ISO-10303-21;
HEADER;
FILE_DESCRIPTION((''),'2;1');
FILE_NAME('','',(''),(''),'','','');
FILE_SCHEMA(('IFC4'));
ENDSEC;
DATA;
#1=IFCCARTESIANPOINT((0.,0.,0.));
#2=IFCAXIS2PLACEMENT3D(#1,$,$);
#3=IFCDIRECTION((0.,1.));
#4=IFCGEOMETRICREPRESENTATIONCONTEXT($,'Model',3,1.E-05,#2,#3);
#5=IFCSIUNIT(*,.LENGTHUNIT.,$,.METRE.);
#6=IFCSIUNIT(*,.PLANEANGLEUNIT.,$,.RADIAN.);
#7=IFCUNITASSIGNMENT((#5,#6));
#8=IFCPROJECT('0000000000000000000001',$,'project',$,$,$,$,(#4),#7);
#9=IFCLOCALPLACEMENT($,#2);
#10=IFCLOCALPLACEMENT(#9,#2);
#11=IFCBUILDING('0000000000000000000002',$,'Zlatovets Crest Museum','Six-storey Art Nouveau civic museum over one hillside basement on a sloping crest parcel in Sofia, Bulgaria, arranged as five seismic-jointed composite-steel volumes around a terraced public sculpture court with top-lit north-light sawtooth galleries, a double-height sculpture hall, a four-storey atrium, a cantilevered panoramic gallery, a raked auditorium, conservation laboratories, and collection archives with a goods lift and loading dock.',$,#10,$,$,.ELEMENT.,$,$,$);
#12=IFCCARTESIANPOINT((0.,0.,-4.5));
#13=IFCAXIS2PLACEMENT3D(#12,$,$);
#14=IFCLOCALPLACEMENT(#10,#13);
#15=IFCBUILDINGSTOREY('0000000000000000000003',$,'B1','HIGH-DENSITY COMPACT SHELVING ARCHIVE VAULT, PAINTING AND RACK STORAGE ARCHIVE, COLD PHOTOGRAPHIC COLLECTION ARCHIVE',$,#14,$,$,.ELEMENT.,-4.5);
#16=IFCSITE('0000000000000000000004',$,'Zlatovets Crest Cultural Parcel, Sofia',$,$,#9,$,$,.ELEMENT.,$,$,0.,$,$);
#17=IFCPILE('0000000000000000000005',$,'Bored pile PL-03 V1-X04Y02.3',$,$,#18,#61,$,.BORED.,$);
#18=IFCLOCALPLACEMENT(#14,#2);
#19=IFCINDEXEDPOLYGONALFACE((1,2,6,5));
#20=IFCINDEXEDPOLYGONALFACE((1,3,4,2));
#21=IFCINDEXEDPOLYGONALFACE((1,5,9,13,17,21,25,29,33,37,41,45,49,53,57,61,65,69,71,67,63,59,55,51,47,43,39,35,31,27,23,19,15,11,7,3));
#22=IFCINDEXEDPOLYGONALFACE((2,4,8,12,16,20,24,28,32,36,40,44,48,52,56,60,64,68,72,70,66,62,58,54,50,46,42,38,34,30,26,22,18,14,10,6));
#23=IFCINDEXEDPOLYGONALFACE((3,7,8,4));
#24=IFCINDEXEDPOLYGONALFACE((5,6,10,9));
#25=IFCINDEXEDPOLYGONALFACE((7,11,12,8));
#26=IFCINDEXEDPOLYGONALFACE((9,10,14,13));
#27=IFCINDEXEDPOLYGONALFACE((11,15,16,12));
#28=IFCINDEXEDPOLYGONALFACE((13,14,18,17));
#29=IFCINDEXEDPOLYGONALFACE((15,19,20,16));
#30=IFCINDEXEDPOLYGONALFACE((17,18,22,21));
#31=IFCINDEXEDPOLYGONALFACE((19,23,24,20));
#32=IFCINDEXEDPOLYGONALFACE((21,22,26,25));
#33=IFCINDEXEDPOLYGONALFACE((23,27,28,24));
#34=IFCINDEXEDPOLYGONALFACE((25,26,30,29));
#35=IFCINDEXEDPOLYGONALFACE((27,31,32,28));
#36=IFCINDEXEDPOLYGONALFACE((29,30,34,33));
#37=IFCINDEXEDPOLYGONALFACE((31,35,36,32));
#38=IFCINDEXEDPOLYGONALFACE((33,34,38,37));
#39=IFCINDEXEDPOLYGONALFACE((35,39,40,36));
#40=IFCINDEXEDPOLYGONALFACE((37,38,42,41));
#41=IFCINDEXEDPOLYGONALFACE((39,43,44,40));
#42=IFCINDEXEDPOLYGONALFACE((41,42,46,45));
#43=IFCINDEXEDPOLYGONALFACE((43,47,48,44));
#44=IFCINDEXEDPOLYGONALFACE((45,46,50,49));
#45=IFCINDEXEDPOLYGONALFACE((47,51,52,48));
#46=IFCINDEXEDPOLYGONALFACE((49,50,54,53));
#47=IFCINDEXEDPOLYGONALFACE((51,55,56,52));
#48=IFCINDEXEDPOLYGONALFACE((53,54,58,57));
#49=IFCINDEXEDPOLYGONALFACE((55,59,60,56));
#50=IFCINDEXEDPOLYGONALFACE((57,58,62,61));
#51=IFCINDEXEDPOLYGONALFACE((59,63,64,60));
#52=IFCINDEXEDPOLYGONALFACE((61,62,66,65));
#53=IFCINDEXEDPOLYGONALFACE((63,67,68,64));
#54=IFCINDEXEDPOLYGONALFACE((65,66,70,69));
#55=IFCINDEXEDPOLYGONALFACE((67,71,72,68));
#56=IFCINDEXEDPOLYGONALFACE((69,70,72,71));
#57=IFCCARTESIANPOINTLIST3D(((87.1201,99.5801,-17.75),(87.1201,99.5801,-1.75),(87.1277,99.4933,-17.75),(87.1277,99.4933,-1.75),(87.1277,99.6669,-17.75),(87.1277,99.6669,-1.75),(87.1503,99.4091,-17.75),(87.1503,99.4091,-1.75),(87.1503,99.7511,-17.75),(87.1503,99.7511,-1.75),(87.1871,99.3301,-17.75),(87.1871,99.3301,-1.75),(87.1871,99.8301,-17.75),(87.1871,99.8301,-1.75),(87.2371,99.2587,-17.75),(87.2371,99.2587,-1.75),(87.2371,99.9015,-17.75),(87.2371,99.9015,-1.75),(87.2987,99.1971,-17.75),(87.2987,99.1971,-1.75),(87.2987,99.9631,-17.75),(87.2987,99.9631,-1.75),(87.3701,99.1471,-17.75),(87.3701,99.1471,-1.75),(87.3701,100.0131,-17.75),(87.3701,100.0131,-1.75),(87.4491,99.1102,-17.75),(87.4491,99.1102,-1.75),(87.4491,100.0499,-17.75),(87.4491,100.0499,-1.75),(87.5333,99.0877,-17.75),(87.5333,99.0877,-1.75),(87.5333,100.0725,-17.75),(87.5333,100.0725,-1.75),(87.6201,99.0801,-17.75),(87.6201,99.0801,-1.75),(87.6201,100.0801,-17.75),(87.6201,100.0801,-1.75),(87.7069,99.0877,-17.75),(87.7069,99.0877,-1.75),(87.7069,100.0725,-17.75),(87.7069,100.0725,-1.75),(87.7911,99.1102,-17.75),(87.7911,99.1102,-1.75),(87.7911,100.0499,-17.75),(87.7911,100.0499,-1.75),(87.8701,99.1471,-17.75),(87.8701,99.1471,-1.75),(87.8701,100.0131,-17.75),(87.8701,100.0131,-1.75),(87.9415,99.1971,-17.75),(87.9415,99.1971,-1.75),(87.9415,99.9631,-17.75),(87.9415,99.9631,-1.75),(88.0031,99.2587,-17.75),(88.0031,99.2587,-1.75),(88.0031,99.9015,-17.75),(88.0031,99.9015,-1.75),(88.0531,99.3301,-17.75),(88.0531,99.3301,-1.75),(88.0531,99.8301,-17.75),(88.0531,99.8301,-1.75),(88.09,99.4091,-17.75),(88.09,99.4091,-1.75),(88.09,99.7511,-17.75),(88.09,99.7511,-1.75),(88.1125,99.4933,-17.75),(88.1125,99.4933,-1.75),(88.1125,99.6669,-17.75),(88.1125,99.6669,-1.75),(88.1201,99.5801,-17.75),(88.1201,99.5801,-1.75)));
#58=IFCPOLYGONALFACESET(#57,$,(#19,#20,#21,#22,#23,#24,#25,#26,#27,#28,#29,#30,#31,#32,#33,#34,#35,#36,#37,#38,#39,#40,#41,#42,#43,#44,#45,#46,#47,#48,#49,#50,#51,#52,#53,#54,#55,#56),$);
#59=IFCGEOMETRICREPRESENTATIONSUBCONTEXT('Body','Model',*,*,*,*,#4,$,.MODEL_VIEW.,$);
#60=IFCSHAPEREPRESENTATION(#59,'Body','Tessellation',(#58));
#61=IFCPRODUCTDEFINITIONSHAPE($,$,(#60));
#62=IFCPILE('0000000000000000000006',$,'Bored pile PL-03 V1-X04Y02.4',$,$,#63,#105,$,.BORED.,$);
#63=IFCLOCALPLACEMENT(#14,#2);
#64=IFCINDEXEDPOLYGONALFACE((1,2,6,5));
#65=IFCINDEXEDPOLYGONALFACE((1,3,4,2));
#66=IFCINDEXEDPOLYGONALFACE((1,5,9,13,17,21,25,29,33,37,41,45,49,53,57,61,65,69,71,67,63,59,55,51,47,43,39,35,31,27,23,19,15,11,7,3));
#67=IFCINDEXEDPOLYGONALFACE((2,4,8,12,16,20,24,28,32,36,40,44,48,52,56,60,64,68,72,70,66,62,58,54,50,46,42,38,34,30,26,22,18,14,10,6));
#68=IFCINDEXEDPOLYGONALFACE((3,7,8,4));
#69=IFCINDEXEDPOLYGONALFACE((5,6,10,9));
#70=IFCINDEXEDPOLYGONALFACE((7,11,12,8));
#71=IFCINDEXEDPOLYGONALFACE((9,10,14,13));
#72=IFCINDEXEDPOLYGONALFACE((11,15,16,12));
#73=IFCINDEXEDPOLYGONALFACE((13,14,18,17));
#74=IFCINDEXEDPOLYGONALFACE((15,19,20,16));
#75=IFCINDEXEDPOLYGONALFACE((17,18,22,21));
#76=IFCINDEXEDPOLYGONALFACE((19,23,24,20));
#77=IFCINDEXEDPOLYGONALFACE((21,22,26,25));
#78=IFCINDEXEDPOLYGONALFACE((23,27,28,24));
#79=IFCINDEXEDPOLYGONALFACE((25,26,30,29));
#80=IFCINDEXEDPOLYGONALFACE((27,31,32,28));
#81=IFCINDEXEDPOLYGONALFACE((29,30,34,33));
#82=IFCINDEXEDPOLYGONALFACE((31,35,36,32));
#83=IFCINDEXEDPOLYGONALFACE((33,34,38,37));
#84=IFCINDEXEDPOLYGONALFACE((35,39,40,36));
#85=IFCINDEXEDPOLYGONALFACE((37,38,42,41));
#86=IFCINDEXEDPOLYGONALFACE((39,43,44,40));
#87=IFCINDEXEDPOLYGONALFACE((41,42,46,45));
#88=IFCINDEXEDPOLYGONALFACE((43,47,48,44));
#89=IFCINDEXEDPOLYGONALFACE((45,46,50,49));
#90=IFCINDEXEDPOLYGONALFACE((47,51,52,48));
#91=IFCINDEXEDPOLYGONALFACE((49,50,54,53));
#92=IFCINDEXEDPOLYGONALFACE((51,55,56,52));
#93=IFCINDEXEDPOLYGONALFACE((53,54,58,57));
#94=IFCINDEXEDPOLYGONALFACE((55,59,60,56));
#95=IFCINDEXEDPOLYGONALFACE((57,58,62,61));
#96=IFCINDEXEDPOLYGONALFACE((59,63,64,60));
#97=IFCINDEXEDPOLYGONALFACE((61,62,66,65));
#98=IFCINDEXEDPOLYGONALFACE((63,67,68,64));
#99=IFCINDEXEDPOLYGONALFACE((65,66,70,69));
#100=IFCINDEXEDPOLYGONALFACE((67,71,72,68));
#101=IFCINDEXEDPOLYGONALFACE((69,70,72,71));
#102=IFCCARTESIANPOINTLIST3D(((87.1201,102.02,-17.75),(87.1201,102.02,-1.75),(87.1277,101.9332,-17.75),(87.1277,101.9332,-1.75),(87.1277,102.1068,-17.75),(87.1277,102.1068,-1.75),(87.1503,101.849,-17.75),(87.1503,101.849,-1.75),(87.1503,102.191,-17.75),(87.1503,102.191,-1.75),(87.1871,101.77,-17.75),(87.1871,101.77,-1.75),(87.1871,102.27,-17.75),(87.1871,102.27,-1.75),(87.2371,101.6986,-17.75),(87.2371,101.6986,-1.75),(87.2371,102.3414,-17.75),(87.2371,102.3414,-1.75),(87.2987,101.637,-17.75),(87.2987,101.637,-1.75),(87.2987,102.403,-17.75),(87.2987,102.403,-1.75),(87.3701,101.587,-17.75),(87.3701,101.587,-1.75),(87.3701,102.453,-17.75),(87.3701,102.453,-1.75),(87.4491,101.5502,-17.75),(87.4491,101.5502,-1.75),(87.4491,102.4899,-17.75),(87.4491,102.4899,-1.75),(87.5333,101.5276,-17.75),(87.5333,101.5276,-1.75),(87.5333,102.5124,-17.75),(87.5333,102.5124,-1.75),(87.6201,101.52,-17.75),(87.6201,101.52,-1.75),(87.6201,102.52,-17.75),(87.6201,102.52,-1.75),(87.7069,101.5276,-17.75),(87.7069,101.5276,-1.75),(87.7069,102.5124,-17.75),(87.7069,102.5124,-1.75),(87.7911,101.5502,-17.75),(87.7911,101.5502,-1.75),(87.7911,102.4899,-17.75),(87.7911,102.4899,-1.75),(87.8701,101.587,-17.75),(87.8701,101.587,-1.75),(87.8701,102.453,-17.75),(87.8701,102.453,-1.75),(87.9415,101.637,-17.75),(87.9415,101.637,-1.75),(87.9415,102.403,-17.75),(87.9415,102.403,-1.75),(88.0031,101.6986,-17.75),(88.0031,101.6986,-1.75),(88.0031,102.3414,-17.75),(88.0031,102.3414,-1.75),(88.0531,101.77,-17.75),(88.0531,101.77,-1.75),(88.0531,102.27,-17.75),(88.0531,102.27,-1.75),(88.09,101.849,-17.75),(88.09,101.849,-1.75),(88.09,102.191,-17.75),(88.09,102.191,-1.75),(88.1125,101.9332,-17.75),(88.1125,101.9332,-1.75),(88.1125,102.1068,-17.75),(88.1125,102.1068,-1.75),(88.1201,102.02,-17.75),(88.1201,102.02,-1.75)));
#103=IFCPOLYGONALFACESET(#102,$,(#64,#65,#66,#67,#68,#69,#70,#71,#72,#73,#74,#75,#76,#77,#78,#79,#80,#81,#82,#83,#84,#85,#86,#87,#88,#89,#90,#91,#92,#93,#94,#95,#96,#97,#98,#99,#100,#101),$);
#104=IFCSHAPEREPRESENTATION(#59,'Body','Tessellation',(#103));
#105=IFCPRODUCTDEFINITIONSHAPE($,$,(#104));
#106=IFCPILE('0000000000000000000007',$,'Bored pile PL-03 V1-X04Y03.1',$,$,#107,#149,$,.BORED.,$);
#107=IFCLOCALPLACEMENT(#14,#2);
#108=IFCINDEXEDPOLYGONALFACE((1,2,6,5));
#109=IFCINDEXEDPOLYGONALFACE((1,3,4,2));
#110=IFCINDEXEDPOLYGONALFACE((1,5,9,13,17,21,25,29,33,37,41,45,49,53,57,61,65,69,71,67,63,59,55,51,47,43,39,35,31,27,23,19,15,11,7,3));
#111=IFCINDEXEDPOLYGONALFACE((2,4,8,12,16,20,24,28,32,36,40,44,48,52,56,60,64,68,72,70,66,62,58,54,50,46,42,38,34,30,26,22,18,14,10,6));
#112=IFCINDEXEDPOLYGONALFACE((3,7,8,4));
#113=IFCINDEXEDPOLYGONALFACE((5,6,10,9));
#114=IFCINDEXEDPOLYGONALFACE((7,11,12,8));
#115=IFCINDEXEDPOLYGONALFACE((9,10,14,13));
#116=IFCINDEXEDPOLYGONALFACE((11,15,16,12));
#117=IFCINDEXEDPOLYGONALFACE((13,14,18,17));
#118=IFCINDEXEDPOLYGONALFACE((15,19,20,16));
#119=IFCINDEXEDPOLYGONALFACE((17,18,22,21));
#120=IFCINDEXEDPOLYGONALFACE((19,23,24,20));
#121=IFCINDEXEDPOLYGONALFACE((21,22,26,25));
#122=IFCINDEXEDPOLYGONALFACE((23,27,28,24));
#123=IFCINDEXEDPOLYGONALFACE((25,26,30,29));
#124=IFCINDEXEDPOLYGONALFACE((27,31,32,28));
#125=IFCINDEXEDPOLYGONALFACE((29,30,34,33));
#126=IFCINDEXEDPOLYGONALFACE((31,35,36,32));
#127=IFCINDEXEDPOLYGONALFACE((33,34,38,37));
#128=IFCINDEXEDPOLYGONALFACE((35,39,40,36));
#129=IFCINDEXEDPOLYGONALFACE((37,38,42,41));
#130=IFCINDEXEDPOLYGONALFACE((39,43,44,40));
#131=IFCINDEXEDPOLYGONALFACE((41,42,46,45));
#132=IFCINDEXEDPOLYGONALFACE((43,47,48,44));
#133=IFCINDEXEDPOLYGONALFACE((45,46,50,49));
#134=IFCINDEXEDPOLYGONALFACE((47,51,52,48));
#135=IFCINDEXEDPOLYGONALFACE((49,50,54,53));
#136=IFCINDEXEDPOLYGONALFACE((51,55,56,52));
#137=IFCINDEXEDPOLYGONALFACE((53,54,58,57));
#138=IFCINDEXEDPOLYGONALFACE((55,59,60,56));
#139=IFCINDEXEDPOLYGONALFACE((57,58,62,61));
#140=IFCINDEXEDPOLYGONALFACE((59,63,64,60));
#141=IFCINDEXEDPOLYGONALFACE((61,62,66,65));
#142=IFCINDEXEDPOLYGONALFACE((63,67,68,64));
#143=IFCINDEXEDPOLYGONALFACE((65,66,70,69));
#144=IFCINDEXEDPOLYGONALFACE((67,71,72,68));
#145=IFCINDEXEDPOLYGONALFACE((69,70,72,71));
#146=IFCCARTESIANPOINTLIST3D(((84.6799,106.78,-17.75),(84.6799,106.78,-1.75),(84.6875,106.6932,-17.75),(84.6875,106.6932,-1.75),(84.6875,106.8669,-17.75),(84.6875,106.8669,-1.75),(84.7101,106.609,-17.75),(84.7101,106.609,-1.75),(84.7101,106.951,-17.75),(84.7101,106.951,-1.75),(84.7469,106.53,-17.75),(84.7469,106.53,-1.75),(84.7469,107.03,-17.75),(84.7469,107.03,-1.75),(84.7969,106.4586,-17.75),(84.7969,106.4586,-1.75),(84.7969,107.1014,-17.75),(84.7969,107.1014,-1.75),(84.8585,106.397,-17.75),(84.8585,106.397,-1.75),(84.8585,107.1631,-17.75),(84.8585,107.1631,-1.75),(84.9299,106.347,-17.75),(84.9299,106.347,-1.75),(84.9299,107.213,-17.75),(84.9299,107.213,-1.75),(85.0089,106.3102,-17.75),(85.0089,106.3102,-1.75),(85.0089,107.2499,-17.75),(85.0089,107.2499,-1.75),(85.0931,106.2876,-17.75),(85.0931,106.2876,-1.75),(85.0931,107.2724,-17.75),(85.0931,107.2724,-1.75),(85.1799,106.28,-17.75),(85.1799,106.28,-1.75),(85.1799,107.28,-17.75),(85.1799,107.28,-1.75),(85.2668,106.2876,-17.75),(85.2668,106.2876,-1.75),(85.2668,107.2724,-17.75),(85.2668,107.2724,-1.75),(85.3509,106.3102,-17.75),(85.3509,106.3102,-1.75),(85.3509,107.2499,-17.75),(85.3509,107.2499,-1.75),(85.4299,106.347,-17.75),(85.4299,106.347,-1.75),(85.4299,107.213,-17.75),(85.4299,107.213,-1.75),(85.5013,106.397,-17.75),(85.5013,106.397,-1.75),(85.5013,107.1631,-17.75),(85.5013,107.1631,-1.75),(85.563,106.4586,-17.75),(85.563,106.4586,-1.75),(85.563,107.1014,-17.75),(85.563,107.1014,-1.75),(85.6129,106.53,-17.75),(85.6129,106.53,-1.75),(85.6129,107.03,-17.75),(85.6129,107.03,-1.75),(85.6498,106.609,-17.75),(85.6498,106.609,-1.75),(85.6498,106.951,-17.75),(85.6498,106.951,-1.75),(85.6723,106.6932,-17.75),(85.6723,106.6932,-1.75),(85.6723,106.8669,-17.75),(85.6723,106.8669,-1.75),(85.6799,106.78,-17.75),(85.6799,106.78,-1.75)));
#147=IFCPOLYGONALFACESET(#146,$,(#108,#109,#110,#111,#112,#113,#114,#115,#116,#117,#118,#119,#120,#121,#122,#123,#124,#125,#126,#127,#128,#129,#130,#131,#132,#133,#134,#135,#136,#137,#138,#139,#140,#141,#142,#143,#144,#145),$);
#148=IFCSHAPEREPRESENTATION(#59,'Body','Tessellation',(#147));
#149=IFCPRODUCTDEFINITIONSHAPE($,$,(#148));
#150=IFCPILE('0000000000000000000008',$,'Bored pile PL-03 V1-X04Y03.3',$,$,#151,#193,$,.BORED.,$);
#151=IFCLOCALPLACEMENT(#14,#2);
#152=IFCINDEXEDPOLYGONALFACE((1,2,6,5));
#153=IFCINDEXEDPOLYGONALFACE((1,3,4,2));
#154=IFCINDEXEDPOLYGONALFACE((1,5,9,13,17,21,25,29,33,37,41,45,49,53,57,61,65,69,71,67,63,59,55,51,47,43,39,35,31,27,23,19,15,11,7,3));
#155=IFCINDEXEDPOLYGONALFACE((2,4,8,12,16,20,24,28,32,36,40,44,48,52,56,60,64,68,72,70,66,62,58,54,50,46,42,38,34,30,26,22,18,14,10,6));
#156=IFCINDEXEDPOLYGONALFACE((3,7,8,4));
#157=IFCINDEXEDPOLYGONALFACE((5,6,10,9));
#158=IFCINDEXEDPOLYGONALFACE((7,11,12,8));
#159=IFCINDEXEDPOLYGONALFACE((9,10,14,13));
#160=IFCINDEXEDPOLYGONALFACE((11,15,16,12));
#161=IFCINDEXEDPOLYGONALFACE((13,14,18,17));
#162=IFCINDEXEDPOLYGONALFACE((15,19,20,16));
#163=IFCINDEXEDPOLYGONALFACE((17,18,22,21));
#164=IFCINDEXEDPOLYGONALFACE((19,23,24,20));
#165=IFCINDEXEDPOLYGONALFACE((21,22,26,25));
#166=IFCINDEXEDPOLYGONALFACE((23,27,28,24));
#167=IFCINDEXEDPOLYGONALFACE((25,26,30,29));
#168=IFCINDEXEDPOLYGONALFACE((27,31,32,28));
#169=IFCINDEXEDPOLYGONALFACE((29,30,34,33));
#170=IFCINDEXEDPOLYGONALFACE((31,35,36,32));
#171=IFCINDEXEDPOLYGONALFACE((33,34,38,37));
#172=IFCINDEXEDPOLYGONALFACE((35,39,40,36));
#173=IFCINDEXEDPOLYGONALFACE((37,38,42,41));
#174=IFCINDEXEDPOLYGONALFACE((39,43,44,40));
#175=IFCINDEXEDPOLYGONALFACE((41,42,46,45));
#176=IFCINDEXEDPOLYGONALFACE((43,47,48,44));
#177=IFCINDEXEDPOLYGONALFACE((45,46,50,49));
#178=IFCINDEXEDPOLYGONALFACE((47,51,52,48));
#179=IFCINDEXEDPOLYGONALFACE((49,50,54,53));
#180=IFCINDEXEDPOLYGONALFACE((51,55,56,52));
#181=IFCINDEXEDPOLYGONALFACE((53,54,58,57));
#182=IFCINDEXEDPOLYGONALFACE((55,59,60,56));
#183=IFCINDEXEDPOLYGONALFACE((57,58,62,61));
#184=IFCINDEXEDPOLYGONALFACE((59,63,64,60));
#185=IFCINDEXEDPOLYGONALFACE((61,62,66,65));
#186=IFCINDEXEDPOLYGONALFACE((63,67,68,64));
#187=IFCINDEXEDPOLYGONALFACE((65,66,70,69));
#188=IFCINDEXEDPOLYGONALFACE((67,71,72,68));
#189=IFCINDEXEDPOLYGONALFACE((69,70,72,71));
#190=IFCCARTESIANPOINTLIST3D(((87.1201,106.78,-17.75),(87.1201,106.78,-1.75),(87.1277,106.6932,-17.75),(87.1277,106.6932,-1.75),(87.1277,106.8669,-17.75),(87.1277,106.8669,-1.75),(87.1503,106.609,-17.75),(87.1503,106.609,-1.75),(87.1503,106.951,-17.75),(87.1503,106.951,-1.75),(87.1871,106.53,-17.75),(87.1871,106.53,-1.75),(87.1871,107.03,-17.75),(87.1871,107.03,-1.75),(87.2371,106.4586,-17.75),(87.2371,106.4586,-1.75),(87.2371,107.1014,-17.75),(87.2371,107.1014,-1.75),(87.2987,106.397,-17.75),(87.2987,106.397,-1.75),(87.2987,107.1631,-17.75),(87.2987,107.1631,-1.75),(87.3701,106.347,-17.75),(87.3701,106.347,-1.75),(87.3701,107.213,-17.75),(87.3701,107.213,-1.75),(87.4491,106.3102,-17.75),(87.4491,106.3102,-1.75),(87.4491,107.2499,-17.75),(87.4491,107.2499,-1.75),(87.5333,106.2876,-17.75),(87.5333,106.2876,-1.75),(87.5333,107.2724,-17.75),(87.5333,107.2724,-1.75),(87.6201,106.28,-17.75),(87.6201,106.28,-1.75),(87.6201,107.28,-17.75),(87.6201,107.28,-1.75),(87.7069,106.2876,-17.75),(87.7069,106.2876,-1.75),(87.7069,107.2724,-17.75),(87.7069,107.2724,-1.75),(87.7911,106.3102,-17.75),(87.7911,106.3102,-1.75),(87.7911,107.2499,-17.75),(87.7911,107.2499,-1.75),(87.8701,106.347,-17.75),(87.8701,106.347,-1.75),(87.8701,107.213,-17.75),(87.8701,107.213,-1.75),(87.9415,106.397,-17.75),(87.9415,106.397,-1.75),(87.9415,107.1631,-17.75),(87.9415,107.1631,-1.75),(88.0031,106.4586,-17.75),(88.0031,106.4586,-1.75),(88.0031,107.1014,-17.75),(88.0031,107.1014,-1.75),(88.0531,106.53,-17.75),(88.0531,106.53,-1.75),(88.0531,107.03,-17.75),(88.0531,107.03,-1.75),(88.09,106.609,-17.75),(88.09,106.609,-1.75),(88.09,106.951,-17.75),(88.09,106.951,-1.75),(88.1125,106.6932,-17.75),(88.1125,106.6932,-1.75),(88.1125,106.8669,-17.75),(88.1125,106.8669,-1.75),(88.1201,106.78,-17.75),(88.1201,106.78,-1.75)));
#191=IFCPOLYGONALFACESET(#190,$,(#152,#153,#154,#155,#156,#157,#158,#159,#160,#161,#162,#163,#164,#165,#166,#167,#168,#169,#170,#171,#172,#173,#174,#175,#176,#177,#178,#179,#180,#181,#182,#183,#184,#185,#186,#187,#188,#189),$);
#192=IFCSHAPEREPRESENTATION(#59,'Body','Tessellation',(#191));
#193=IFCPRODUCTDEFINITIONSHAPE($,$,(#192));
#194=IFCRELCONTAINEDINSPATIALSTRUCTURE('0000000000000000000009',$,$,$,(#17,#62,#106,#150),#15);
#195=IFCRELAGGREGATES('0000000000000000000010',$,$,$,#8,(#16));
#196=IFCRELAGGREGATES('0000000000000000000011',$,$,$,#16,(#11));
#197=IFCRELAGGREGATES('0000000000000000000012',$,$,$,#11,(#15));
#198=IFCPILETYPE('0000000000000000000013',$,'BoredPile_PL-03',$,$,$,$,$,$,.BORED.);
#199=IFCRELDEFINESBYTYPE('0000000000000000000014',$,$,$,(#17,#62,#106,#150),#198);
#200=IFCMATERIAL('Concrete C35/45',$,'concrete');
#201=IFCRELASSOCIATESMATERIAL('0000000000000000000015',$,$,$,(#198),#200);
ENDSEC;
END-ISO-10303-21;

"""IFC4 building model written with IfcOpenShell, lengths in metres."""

from ifc_helpers import new_model, si_unit, direction, frame, origin, origin_2d, place, context, subcontext, project, spatial, circle, extrude, material, material_profile, profile_set, type_object, element, save


model = new_model("IFC4")

# Units and contexts
model_context = context("Model", 3, precision=1e-05, world=origin(), true_north=direction((0.0, 1.0)))
body_context = subcontext(model_context, "Body", "Model", "MODEL_VIEW")
ifc_project = project(units=[si_unit("LENGTHUNIT", "METRE"), si_unit("PLANEANGLEUNIT", "RADIAN")], contexts=[model_context])

# Site, building, storey
site_placement = place(None, origin())
site = spatial("IfcSite", under=ifc_project, at=site_placement, Name="Zlatovets Crest Cultural Parcel, Sofia", CompositionType="ELEMENT", RefElevation=0.0)
building_placement = place(site_placement, origin())
building = spatial("IfcBuilding", under=site, at=building_placement, Name="Zlatovets Crest Museum", Description="Six-storey Art Nouveau civic museum over one hillside basement on a sloping crest parcel in Sofia, Bulgaria, arranged as five seismic-jointed composite-steel volumes around a terraced public sculpture court with top-lit north-light sawtooth galleries, a double-height sculpture hall, a four-storey atrium, a cantilevered panoramic gallery, a raked auditorium, conservation laboratories, and collection archives with a goods lift and loading dock.", CompositionType="ELEMENT")
storey_placement = place(building_placement, frame((0.0, 0.0, -4.5)))
storey = spatial("IfcBuildingStorey", under=building, at=storey_placement, Name="B1", Description="HIGH-DENSITY COMPACT SHELVING ARCHIVE VAULT, PAINTING AND RACK STORAGE ARCHIVE, COLD PHOTOGRAPHIC COLLECTION ARCHIVE", CompositionType="ELEMENT", Elevation=-4.5)

# Piles
ifc_material_1 = material(Name="Concrete C35/45", Category="concrete")
ifc_material_profile_1 = material_profile(ifc_material_1, circle(Radius=0.5, at=origin_2d()), Name="PILE D1000")
ifc_profile_set_1 = profile_set([ifc_material_profile_1], Name="Concrete C35/45")
pile_type = type_object("IfcPileType", Name="BoredPile_PL-03", PredefinedType="BORED", material=ifc_profile_set_1)
for number, where, z_axis, x_axis, name in (
    (1, (87.6201, 99.5801, -1.75), (0.0, 0.0, -1.0), (1.0, 0.0, 0.0), "Bored pile PL-03 V1-X04Y02.3"),
    (2, (87.6201, 102.02, -1.75), (0.0, 0.0, -1.0), (1.0, 0.0, 0.0), "Bored pile PL-03 V1-X04Y02.4"),
    (3, (85.1799, 106.78, -1.75), (0.0, 0.0, -1.0), (1.0, 0.0, 0.0), "Bored pile PL-03 V1-X04Y03.1"),
    (4, (87.6201, 106.78, -1.75), (0.0, 0.0, -1.0), (1.0, 0.0, 0.0), "Bored pile PL-03 V1-X04Y03.3"),
):
    element("IfcPile", number, at=place(storey_placement, frame(where, z_axis=z_axis, x_axis=x_axis)), inside=storey, type_object=pile_type, Name=name, PredefinedType="BORED", context=body_context, shape_type="SweptSolid", body=[
        extrude(circle(Radius=0.5, at=origin_2d()), origin(), (0.0, 0.0, 1.0), 16.0),
    ])

save(model, "model.ifc")
